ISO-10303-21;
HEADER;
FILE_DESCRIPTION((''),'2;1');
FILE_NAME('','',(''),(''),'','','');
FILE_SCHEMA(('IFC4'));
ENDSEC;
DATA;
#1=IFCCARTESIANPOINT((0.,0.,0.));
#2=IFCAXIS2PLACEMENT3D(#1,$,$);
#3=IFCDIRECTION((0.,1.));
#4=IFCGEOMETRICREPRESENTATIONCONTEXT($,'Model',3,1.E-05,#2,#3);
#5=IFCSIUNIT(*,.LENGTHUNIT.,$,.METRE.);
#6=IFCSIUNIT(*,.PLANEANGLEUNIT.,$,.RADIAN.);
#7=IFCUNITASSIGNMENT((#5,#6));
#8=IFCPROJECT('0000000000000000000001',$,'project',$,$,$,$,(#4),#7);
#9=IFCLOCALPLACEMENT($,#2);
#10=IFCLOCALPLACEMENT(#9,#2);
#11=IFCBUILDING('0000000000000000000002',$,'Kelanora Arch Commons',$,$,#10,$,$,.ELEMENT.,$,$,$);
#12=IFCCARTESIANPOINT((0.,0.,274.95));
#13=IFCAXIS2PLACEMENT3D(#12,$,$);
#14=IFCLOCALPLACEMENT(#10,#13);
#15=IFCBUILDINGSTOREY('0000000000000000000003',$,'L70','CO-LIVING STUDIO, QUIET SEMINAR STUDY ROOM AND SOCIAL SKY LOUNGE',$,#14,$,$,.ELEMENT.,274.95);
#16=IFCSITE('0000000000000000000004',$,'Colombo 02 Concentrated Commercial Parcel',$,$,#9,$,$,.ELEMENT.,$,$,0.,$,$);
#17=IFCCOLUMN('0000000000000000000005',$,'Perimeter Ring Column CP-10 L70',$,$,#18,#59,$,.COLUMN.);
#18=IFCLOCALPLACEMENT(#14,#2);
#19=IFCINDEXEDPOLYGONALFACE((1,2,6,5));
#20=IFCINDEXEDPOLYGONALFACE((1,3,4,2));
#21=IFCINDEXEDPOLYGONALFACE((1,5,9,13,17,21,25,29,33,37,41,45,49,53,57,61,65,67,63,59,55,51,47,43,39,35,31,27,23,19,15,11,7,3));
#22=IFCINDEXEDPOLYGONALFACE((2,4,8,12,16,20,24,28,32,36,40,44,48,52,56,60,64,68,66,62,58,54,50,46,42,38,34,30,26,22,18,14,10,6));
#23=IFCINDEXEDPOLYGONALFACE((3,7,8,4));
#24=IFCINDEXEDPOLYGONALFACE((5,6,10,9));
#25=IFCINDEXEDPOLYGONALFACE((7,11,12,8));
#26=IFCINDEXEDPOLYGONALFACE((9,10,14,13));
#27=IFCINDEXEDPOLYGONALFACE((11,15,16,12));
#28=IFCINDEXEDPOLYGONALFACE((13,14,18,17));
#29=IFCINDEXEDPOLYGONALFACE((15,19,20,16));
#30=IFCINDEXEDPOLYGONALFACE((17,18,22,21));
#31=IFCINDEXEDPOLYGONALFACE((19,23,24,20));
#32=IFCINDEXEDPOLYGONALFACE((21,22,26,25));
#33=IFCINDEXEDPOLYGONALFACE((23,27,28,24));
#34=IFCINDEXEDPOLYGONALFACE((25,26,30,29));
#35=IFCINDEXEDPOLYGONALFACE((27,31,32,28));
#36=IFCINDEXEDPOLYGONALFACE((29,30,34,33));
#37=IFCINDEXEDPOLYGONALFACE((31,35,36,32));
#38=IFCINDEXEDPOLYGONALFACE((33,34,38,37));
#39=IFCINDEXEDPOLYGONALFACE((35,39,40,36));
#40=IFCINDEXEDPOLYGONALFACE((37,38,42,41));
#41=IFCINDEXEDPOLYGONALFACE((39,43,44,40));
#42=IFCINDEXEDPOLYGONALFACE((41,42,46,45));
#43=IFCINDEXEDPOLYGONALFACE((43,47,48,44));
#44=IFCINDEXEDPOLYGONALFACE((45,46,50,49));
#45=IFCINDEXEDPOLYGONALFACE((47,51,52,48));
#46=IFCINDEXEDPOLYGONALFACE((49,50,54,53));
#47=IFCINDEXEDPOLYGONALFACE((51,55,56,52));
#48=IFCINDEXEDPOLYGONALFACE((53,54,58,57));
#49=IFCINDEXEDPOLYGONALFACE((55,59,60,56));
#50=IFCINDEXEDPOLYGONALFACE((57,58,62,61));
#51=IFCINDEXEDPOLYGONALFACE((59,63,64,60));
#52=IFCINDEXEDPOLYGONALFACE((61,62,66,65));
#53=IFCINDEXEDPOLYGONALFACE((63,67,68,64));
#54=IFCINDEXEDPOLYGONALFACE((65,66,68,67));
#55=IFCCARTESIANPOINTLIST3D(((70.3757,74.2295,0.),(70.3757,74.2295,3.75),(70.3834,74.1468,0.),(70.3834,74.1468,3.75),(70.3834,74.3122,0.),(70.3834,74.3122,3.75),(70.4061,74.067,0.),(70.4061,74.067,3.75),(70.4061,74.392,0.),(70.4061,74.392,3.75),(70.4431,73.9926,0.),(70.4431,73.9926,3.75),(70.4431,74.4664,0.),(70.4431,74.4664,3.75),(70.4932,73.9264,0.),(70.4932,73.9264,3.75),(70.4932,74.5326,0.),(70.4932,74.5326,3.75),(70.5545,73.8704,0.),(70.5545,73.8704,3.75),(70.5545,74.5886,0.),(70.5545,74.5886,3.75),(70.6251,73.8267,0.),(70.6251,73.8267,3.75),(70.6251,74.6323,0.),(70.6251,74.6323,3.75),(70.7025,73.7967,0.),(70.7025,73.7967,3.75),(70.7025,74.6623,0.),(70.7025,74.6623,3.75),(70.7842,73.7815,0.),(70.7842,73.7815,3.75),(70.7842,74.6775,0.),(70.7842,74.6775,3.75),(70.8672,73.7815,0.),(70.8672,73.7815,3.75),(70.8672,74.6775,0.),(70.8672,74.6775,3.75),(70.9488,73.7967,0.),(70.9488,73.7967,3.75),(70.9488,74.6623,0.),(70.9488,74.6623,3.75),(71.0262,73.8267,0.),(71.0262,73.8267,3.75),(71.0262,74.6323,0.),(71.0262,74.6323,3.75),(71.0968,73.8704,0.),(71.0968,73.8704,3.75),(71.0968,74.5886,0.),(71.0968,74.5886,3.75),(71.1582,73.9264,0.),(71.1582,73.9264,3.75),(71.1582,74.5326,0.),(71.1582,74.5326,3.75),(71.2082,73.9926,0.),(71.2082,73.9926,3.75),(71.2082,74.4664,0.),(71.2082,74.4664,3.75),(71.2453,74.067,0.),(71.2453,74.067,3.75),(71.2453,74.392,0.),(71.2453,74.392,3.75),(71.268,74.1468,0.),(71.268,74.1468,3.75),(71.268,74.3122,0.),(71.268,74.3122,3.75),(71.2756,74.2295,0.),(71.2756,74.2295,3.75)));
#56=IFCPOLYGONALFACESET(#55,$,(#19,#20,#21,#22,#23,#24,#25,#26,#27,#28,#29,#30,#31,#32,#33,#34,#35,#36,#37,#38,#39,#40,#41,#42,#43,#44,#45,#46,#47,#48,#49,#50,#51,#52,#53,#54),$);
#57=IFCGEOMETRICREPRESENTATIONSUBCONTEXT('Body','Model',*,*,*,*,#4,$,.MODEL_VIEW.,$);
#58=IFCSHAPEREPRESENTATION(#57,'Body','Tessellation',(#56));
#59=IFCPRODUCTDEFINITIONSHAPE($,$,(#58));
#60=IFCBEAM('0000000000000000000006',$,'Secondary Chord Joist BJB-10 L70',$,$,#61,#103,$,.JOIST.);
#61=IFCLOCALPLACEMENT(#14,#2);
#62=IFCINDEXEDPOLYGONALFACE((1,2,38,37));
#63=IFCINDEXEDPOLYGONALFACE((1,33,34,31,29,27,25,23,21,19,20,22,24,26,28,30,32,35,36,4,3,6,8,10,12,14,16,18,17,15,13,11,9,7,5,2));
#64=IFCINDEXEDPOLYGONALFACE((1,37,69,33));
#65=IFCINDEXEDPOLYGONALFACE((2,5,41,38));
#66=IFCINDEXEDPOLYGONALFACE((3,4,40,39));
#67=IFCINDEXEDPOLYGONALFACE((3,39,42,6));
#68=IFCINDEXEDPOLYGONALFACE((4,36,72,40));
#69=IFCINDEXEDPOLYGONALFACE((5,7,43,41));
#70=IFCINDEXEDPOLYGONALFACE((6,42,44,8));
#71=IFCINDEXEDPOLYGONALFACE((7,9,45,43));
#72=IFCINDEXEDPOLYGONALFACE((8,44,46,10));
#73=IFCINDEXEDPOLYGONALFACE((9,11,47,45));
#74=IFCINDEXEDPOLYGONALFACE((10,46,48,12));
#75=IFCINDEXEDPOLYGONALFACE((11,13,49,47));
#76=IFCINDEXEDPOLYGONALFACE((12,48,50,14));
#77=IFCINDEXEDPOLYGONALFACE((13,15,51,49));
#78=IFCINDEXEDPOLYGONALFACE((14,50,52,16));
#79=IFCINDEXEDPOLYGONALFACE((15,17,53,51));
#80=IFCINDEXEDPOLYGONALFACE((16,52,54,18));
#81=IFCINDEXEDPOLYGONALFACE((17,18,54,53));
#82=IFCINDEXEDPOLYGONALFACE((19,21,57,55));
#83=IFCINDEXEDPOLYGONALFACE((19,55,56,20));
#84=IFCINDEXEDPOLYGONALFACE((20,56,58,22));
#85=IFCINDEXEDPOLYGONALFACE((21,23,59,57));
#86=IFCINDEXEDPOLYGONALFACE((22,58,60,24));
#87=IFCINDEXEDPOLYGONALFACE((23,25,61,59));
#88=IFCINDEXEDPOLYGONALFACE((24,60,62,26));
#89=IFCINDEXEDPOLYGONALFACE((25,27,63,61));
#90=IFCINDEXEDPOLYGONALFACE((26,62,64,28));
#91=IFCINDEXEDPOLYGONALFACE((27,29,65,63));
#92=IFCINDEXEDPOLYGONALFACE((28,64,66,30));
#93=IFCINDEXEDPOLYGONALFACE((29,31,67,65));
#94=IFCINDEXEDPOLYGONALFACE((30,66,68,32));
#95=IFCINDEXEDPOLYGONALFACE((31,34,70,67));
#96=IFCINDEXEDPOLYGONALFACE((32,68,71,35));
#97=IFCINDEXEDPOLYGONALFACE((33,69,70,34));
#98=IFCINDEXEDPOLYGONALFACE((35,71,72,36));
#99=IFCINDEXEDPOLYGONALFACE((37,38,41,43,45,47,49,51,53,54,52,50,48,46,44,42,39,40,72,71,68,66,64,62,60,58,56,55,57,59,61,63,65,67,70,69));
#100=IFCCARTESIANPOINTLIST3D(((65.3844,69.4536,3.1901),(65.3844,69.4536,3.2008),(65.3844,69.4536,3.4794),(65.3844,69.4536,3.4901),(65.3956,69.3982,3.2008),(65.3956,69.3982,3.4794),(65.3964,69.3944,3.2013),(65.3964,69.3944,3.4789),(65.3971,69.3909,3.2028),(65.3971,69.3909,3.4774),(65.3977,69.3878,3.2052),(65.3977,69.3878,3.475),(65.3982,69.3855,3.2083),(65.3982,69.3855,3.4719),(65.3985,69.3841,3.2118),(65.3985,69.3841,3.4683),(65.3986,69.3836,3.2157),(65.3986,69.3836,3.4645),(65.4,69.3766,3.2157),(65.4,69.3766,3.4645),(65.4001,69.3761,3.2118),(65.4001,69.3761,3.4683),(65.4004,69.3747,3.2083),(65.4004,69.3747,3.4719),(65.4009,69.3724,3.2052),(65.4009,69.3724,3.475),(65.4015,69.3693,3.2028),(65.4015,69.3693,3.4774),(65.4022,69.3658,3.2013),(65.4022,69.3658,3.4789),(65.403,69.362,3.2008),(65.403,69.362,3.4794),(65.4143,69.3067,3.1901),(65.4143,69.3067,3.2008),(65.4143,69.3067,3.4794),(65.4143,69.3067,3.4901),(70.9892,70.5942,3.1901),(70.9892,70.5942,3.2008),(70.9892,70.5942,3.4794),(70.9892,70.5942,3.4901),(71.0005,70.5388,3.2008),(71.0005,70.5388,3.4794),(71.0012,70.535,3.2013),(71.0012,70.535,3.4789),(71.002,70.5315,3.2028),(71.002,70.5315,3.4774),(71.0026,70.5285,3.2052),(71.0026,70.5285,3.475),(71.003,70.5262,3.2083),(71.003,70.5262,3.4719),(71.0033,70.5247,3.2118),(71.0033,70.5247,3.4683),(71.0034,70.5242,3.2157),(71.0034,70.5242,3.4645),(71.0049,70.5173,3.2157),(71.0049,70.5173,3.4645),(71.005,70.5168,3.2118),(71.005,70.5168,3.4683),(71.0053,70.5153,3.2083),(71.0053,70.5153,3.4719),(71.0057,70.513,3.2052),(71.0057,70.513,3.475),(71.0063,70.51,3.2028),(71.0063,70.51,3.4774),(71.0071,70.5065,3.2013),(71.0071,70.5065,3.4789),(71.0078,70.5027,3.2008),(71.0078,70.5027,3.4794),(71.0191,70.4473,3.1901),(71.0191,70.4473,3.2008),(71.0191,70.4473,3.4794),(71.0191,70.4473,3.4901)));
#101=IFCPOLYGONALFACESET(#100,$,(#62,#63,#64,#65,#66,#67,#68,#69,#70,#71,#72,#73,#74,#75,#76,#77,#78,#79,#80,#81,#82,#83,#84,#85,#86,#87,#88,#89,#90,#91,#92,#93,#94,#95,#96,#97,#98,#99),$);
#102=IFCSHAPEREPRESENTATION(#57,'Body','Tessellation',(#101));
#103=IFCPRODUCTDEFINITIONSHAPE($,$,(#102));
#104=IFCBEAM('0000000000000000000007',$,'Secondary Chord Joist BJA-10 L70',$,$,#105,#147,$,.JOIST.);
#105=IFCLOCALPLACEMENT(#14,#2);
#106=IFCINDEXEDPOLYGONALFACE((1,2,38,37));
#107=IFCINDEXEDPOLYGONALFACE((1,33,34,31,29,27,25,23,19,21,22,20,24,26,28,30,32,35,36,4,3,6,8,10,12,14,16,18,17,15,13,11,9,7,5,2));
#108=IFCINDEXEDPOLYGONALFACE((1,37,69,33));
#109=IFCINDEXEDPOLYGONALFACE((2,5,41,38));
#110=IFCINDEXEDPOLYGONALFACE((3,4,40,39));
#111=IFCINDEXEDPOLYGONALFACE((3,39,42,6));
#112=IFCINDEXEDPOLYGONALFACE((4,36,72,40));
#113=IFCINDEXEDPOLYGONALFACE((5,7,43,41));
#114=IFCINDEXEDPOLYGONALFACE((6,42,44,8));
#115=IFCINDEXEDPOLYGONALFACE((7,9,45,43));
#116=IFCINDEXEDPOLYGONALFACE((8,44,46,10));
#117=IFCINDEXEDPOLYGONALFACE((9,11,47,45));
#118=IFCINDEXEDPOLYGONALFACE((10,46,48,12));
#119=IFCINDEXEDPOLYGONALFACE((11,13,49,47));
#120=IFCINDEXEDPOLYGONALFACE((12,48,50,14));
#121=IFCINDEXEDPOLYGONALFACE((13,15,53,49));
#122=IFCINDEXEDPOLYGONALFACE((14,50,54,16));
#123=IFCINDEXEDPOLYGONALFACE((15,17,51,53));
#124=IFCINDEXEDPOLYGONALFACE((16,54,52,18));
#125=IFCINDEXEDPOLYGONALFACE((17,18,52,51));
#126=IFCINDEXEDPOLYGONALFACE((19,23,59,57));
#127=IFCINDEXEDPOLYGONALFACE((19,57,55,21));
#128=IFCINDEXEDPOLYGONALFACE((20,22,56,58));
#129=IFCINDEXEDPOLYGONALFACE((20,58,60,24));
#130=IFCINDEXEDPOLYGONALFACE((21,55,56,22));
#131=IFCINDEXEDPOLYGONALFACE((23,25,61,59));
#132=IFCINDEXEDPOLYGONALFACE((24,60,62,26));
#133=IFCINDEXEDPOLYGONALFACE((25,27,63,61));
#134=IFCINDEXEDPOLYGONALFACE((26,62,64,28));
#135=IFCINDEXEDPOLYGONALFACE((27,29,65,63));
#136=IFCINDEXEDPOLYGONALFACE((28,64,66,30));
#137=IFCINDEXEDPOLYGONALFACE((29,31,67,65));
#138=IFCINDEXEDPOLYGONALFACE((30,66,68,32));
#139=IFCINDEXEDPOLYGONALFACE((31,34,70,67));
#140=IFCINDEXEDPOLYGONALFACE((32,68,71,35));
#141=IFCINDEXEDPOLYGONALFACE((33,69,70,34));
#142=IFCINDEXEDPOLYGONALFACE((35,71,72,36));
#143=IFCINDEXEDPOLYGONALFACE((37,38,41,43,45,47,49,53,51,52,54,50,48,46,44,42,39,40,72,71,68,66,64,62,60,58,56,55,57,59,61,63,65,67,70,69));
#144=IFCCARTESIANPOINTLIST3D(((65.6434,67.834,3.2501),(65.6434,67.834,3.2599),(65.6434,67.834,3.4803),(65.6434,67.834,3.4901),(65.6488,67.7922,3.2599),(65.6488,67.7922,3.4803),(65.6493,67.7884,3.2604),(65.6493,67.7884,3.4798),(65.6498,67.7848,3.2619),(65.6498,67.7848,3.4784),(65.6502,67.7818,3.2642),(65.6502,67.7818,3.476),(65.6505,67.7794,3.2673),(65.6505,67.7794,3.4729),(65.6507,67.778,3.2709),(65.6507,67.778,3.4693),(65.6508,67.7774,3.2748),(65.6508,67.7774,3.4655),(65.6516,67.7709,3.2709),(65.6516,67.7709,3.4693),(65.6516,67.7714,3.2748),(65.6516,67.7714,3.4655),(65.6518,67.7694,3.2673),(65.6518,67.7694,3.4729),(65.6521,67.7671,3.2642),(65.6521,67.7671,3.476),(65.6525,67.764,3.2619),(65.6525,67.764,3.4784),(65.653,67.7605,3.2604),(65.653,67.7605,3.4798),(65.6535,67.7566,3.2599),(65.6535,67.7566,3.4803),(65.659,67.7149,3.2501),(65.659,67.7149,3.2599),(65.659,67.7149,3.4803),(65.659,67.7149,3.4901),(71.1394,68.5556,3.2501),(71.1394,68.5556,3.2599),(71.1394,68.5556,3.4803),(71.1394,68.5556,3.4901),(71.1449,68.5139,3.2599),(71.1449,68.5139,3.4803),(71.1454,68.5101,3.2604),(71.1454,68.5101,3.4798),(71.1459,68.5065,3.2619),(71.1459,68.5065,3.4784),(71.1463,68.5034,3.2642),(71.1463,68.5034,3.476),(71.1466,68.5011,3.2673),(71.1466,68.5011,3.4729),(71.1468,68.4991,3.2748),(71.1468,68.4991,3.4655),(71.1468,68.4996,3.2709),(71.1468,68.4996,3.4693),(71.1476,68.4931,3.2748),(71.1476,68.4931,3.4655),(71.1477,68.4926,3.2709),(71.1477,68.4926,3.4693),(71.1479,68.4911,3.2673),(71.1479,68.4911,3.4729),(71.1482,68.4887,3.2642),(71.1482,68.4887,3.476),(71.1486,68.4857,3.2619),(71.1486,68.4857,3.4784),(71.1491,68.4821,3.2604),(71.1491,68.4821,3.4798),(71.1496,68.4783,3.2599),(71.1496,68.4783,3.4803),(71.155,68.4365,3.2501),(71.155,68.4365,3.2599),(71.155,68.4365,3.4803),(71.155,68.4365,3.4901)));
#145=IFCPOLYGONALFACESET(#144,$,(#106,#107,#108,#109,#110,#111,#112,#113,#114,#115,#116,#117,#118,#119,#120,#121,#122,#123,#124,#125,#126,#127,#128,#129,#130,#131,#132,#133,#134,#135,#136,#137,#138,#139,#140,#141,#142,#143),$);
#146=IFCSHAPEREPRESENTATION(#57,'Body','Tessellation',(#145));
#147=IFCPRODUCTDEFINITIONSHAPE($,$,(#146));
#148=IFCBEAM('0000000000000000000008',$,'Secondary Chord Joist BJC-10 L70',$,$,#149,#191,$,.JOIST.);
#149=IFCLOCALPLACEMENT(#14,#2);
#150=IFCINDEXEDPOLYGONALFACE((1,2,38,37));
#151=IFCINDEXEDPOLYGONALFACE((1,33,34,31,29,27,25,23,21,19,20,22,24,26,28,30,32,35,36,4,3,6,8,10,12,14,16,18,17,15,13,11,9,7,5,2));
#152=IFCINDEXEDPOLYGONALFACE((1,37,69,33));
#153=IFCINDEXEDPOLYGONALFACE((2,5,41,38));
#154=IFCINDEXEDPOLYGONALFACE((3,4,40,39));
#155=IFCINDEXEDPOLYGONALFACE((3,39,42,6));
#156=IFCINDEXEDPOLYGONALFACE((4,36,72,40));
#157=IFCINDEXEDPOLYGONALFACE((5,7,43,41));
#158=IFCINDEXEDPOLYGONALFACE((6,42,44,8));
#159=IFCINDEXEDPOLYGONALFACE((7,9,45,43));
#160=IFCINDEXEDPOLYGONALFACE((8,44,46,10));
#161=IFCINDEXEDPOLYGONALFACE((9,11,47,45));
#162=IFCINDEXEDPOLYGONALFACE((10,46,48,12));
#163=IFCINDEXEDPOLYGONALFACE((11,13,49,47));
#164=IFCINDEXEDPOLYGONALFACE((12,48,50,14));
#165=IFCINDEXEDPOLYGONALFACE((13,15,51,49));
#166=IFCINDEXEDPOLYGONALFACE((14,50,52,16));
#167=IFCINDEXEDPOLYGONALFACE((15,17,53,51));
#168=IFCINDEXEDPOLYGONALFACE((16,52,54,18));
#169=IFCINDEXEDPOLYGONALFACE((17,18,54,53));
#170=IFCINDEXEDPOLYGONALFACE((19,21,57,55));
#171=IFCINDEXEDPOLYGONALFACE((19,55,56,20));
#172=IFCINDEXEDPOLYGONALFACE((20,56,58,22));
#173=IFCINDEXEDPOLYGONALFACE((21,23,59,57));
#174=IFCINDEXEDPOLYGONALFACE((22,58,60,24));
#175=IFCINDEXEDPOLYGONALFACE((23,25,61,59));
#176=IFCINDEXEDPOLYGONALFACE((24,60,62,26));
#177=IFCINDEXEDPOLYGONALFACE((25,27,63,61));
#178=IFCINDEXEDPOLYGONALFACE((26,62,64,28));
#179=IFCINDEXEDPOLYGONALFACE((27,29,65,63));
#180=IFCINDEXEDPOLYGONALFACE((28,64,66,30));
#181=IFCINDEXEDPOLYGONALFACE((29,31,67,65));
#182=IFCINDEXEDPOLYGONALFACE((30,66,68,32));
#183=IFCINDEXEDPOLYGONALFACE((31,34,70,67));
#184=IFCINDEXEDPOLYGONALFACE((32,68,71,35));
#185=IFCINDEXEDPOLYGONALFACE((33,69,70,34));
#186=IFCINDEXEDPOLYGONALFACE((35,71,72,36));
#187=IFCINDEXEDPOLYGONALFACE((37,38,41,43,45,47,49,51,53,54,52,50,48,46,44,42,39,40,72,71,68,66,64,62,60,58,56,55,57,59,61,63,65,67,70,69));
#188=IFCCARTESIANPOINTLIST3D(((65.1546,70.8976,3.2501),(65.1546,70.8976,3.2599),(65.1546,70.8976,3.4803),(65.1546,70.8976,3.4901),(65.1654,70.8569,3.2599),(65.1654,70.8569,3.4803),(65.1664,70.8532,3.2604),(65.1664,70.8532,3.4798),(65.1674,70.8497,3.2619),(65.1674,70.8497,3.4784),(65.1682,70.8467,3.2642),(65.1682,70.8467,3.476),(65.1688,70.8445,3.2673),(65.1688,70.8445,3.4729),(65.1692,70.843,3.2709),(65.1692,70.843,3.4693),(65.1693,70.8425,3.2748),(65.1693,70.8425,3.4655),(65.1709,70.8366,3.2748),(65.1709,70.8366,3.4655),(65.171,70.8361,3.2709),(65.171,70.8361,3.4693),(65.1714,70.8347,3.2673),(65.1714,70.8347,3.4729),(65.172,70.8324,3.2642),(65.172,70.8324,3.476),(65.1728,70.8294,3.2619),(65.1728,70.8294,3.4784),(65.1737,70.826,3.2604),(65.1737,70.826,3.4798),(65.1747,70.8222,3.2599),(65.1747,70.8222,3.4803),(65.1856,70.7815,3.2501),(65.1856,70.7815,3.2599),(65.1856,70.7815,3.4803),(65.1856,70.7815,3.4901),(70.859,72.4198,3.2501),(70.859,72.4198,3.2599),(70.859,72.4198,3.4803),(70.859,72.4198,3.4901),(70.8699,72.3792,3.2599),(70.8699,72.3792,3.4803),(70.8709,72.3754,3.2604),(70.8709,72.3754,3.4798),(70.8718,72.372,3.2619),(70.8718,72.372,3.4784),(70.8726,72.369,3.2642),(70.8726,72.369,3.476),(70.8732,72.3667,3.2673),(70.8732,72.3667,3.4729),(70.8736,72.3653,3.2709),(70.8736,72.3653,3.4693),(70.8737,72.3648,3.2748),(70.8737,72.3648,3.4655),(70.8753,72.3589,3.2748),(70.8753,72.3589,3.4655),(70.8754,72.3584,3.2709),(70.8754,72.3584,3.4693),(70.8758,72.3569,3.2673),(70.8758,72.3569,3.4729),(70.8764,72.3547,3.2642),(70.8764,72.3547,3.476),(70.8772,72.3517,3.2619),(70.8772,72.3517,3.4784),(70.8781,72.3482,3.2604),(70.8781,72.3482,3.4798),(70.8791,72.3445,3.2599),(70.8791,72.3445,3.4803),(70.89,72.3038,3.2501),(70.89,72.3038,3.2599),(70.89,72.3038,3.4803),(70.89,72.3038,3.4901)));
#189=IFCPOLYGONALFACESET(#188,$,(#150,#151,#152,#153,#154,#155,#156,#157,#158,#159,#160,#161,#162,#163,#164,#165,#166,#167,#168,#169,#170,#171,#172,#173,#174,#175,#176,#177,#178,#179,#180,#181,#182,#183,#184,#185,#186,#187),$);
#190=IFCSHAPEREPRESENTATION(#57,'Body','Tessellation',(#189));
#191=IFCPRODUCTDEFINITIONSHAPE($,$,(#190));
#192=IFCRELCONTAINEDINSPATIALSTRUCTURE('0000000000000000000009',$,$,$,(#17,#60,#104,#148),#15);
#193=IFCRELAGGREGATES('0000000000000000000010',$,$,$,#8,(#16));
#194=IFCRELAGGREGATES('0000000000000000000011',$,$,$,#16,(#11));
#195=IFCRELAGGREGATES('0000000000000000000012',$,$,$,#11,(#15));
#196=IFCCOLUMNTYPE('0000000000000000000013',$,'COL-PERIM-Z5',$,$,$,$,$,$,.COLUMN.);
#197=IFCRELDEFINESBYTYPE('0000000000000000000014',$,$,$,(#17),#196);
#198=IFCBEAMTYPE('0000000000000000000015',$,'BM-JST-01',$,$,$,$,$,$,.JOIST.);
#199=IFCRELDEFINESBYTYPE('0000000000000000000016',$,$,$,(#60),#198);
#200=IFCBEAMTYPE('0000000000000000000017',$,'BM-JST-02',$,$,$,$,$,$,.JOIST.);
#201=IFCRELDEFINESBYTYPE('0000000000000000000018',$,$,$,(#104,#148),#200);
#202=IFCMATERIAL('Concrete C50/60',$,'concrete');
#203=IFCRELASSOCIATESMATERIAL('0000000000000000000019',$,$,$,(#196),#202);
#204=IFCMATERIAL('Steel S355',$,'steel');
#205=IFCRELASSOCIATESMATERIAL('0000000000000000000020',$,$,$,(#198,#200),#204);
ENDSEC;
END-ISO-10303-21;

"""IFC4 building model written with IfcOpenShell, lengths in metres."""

from ifc_helpers import new_model, si_unit, direction, frame, origin, origin_2d, place, context, subcontext, project, spatial, circle, i_section, extrude, material, material_profile, profile_set, type_object, element, save


model = new_model("IFC4")

# Units and contexts
model_context = context("Model", 3, precision=1e-05, world=origin(), true_north=direction((0.0, 1.0)))
body_context = subcontext(model_context, "Body", "Model", "MODEL_VIEW")
ifc_project = project(units=[si_unit("LENGTHUNIT", "METRE"), si_unit("PLANEANGLEUNIT", "RADIAN")], contexts=[model_context])

# Site, building, storey
site_placement = place(None, origin())
site = spatial("IfcSite", under=ifc_project, at=site_placement, Name="Colombo 02 Concentrated Commercial Parcel", CompositionType="ELEMENT", RefElevation=0.0)
building_placement = place(site_placement, origin())
building = spatial("IfcBuilding", under=site, at=building_placement, Name="Kelanora Arch Commons", CompositionType="ELEMENT")
storey_placement = place(building_placement, frame((0.0, 0.0, 274.95)))
storey = spatial("IfcBuildingStorey", under=building, at=storey_placement, Name="L70", Description="CO-LIVING STUDIO, QUIET SEMINAR STUDY ROOM AND SOCIAL SKY LOUNGE", CompositionType="ELEMENT", Elevation=274.95)

# Column
ifc_material_1 = material(Name="Concrete C50/60", Category="concrete")
ifc_material_profile_1 = material_profile(ifc_material_1, circle(Radius=0.45, at=origin_2d()), Name="RCC900")
ifc_profile_set_1 = profile_set([ifc_material_profile_1], Name="Concrete C50/60")
column_type = type_object("IfcColumnType", Name="COL-PERIM-Z5", PredefinedType="COLUMN", material=ifc_profile_set_1)
column_placement = place(storey_placement, frame((70.8257, 74.2295, 0.0), z_axis=(0.0, 0.0, 1.0), x_axis=(1.0, 0.0, 0.0)))
element("IfcColumn", 1, at=column_placement, inside=storey, type_object=column_type, Name="Perimeter Ring Column CP-10 L70", PredefinedType="COLUMN", context=body_context, shape_type="SweptSolid", body=[
    extrude(circle(Radius=0.45, at=origin_2d()), origin(), (0.0, 0.0, 1.0), 3.75),
])

# Beams
ifc_material_2 = material(Name="Steel S355", Category="steel")
ifc_material_profile_2 = material_profile(ifc_material_2, i_section(OverallWidth=0.1499, OverallDepth=0.3, WebThickness=0.0071, FlangeThickness=0.0107, FilletRadius=0.0149, at=origin_2d()), Name="IPE300")
ifc_profile_set_2 = profile_set([ifc_material_profile_2], Name="Steel S355")
beam_type_1 = type_object("IfcBeamType", Name="BM-JST-01", PredefinedType="JOIST", material=ifc_profile_set_2)
beam_1_placement = place(storey_placement, frame((71.0042, 70.5208, 3.3401), z_axis=(-0.979913, -0.199423, 0.0), x_axis=(0.199423, -0.979913, 0.0)))
element("IfcBeam", 2, at=beam_1_placement, inside=storey, type_object=beam_type_1, Name="Secondary Chord Joist BJB-10 L70", PredefinedType="JOIST", context=body_context, shape_type="SweptSolid", body=[
    extrude(i_section(OverallWidth=0.1499, OverallDepth=0.3, WebThickness=0.0071, FlangeThickness=0.0107, FilletRadius=0.0149, at=origin_2d()), origin(), (0.0, 0.0, 1.0), 5.7197),
])
ifc_material_profile_3 = material_profile(ifc_material_2, i_section(OverallWidth=0.1201, OverallDepth=0.24, WebThickness=0.0061, FlangeThickness=0.0098, FilletRadius=0.0149, at=origin_2d()), Name="IPE240")
ifc_profile_set_3 = profile_set([ifc_material_profile_3], Name="Steel S355")
beam_type_2 = type_object("IfcBeamType", Name="BM-JST-02", PredefinedType="JOIST", material=ifc_profile_set_3)
beam_2_placement = place(storey_placement, frame((71.1472, 68.4961, 3.3701), z_axis=(-0.991489, -0.13019, 0.0), x_axis=(0.13019, -0.991489, 0.0)))
element("IfcBeam", 3, at=beam_2_placement, inside=storey, type_object=beam_type_2, Name="Secondary Chord Joist BJA-10 L70", PredefinedType="JOIST", context=body_context, shape_type="SweptSolid", body=[
    extrude(i_section(OverallWidth=0.1201, OverallDepth=0.24, WebThickness=0.0061, FlangeThickness=0.0098, FilletRadius=0.0149, at=origin_2d()), origin(), (0.0, 0.0, 1.0), 5.5432),
])
beam_3_placement = place(storey_placement, frame((70.8745, 72.3618, 3.3701), z_axis=(-0.96619, -0.25783, 0.0), x_axis=(0.25783, -0.96619, 0.0)))
element("IfcBeam", 4, at=beam_3_placement, inside=storey, type_object=beam_type_2, Name="Secondary Chord Joist BJC-10 L70", PredefinedType="JOIST", context=body_context, shape_type="SweptSolid", body=[
    extrude(i_section(OverallWidth=0.1201, OverallDepth=0.24, WebThickness=0.0061, FlangeThickness=0.0098, FilletRadius=0.0149, at=origin_2d()), origin(), (0.0, 0.0, 1.0), 5.9041),
])

save(model, "model.ifc")
